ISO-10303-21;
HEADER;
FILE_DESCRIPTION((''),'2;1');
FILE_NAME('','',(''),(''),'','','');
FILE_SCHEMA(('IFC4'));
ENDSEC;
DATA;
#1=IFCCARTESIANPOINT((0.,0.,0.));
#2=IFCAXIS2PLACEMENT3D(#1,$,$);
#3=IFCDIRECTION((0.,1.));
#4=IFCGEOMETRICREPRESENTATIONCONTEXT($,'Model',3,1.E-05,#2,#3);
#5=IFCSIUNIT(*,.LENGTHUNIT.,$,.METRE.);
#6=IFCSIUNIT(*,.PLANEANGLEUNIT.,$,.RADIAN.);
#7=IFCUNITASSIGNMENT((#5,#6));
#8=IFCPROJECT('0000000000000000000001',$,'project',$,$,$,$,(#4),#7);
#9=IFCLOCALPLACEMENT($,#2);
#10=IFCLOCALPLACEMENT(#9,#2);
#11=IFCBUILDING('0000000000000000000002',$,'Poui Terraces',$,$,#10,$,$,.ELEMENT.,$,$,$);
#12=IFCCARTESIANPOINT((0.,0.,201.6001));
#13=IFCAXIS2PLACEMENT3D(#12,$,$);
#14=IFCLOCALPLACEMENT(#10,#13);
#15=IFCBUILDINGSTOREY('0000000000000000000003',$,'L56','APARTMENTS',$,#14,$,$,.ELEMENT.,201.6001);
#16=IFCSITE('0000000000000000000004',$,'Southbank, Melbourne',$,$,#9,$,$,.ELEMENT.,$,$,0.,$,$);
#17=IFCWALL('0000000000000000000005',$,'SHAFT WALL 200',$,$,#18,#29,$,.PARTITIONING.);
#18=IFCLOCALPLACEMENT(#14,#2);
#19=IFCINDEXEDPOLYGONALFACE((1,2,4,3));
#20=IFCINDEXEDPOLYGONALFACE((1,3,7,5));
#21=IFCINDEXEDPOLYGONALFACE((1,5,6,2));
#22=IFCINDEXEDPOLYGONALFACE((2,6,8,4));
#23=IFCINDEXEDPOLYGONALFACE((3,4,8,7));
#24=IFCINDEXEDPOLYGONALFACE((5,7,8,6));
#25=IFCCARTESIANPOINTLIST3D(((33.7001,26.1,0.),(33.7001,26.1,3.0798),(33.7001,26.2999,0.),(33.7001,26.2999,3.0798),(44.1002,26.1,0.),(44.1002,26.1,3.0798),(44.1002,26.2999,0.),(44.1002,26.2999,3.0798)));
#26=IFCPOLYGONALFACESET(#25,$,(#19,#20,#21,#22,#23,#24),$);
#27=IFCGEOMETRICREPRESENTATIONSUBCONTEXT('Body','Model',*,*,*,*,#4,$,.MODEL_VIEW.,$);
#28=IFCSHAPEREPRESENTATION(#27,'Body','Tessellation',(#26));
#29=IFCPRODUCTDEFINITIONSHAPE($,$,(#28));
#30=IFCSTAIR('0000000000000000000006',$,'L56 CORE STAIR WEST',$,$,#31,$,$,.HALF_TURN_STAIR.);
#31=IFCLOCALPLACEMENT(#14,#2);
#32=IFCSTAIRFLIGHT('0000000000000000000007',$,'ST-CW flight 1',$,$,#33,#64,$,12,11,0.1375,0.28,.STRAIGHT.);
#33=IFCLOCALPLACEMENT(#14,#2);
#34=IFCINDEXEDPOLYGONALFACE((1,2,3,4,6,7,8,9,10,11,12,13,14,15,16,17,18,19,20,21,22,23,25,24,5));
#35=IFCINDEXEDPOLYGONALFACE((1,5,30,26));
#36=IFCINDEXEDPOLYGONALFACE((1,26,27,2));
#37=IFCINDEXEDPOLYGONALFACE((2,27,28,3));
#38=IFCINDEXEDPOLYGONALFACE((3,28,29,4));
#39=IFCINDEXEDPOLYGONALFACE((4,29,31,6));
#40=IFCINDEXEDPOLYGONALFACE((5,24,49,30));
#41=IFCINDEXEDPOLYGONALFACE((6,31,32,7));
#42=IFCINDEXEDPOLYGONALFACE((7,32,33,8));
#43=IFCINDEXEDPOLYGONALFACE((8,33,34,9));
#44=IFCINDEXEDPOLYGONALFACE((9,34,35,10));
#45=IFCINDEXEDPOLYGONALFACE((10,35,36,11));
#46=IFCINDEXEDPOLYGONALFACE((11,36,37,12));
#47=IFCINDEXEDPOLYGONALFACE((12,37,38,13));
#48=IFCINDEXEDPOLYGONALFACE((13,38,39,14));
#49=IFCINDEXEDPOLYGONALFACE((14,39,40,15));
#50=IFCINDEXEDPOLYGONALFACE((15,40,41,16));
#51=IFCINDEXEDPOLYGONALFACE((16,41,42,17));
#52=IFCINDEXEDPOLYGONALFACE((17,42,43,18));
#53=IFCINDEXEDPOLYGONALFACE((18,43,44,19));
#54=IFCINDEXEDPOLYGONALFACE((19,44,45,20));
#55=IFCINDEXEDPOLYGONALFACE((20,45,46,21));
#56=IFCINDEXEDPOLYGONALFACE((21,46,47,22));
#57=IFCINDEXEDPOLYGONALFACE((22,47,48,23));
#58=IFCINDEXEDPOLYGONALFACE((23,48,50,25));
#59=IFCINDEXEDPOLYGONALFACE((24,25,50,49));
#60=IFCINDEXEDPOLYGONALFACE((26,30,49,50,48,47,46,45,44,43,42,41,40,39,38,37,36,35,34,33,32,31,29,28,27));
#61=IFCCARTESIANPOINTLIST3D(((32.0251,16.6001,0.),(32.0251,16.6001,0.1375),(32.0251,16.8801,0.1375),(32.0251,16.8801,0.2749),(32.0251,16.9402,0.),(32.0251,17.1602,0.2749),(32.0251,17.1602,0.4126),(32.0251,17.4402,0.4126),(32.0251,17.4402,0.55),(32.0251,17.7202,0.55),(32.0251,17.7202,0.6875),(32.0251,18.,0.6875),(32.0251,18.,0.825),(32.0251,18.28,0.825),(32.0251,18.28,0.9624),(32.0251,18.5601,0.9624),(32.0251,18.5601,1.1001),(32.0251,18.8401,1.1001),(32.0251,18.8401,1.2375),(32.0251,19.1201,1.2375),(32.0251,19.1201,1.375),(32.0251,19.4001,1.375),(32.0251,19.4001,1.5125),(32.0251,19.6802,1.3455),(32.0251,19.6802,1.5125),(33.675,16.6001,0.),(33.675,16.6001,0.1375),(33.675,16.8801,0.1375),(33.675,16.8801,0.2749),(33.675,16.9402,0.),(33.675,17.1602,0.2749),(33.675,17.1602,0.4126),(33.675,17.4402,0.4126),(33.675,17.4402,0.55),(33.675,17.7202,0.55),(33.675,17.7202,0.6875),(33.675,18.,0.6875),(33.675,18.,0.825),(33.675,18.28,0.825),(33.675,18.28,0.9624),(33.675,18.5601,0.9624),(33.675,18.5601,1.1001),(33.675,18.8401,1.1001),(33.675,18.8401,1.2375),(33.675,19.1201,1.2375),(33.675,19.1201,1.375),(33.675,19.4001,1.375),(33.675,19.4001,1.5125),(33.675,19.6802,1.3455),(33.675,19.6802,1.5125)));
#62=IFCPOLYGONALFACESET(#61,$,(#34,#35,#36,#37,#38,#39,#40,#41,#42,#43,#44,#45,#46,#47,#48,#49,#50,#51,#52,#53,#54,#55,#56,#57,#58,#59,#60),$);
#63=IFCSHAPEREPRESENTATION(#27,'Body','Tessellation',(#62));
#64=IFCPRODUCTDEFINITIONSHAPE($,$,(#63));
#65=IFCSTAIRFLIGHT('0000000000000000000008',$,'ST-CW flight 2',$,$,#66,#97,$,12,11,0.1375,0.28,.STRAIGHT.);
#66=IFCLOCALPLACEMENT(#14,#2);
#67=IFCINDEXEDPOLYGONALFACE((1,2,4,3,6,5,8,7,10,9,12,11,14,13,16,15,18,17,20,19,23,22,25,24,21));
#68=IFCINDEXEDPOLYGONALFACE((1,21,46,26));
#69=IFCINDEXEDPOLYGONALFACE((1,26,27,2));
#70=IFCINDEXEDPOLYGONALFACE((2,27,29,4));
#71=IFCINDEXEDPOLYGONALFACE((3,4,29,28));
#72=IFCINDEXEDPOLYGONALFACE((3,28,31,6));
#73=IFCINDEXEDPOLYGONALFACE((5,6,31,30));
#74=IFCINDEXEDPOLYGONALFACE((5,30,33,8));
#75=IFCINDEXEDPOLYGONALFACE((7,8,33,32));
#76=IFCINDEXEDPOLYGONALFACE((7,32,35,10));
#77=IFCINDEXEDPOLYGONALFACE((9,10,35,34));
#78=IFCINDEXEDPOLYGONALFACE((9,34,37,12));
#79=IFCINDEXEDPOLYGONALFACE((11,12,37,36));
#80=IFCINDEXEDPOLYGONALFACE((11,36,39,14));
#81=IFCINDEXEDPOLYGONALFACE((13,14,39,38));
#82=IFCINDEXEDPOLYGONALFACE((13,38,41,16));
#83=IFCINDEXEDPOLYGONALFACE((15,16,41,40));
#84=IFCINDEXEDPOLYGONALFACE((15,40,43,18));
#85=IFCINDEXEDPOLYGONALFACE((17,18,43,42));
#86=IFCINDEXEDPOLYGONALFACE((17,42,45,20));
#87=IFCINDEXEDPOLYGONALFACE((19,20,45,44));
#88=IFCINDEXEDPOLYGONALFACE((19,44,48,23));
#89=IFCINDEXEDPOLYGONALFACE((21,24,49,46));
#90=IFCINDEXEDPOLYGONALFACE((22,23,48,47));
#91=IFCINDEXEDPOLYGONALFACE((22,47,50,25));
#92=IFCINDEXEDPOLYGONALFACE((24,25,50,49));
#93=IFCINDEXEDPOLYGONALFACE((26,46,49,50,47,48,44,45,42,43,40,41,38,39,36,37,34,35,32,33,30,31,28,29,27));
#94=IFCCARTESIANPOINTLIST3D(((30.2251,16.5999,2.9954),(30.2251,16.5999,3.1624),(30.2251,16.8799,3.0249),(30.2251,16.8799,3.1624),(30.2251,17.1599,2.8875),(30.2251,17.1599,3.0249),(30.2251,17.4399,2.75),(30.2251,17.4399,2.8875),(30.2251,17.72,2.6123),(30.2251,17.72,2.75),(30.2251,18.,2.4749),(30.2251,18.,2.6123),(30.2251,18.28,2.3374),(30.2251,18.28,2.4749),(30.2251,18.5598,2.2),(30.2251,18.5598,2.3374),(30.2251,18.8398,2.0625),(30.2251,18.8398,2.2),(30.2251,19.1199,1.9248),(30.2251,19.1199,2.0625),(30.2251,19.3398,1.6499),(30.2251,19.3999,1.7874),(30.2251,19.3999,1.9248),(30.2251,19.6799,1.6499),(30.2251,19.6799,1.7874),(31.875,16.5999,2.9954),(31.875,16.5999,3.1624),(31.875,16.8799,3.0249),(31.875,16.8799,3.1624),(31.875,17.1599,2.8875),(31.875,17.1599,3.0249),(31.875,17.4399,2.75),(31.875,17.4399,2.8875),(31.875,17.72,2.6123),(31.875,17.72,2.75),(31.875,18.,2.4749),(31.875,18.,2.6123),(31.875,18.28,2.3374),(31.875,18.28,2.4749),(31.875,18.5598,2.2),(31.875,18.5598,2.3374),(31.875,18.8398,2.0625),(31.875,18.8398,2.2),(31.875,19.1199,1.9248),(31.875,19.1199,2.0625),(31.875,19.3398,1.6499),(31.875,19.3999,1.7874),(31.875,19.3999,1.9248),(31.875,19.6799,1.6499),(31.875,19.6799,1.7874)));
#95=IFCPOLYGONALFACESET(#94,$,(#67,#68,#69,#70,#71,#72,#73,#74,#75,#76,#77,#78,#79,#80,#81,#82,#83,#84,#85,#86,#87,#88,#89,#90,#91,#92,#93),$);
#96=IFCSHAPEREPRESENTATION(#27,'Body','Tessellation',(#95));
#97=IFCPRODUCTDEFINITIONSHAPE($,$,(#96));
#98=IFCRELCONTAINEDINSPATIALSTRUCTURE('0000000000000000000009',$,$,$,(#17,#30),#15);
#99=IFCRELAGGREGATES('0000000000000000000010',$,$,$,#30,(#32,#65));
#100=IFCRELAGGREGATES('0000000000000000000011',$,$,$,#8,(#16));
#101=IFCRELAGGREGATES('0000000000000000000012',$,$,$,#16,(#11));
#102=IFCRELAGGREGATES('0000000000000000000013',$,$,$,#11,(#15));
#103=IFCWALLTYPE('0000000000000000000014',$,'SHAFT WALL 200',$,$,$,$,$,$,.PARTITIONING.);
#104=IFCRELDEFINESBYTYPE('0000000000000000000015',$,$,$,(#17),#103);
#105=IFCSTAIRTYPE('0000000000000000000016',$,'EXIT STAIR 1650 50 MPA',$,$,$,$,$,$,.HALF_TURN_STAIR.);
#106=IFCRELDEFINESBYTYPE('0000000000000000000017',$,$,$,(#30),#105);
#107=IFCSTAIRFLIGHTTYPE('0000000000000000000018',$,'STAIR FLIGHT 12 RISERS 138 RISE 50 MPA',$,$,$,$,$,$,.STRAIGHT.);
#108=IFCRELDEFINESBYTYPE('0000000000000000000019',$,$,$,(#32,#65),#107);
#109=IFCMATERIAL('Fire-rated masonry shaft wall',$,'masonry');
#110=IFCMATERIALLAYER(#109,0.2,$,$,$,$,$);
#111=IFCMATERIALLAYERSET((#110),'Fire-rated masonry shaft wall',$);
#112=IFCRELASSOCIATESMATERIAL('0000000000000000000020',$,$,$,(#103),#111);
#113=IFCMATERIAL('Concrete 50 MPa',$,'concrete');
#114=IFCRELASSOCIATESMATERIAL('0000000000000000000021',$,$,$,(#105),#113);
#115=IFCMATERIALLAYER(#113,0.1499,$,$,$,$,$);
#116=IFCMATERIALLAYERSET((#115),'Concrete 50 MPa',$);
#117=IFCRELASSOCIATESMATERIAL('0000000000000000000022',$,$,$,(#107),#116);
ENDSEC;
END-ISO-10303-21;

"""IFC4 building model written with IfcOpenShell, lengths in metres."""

from ifc_helpers import new_model, si_unit, direction, frame, frame_2d, origin, place, context, subcontext, project, spatial, polyline, rectangle, outline, extrude, material, layer, layer_set, type_object, element, aggregate, save


model = new_model("IFC4")

# Units and contexts
model_context = context("Model", 3, precision=1e-05, world=origin(), true_north=direction((0.0, 1.0)))
body_context = subcontext(model_context, "Body", "Model", "MODEL_VIEW")
ifc_project = project(units=[si_unit("LENGTHUNIT", "METRE"), si_unit("PLANEANGLEUNIT", "RADIAN")], contexts=[model_context])

# Site, building, storey
site_placement = place(None, origin())
site = spatial("IfcSite", under=ifc_project, at=site_placement, Name="Southbank, Melbourne", CompositionType="ELEMENT", RefElevation=0.0)
building_placement = place(site_placement, origin())
building = spatial("IfcBuilding", under=site, at=building_placement, Name="Poui Terraces", CompositionType="ELEMENT")
storey_placement = place(building_placement, frame((0.0, 0.0, 201.6001)))
storey = spatial("IfcBuildingStorey", under=building, at=storey_placement, Name="L56", Description="APARTMENTS", CompositionType="ELEMENT", Elevation=201.6001)

# Wall
ifc_material_1 = material(Name="Fire-rated masonry shaft wall", Category="masonry")
ifc_layer_1 = layer(ifc_material_1, 0.2)
ifc_layer_set_1 = layer_set([ifc_layer_1], Name="Fire-rated masonry shaft wall")
wall_type = type_object("IfcWallType", Name="SHAFT WALL 200", PredefinedType="PARTITIONING", material=ifc_layer_set_1)
wall_placement = place(storey_placement, frame((33.7, 26.2, 0.0), z_axis=(0.0, 0.0, 1.0), x_axis=(1.0, 0.0, 0.0)))
element("IfcWall", 1, at=wall_placement, inside=storey, type_object=wall_type, Name="SHAFT WALL 200", PredefinedType="PARTITIONING", context=body_context, shape_type="SweptSolid", body=[
    extrude(rectangle(XDim=10.4001, YDim=0.2, at=frame_2d((5.2002, 0.0))), origin(), (0.0, 0.0, 1.0), 3.0798),
])

# Stair, stair flights
ifc_material_2 = material(Name="Concrete 50 MPa", Category="concrete")
stair_type = type_object("IfcStairType", Name="EXIT STAIR 1650 50 MPA", PredefinedType="HALF_TURN_STAIR", material=ifc_material_2)
stair_placement = place(storey_placement, origin())
stair = element("IfcStair", 2, at=stair_placement, inside=storey, type_object=stair_type, Name="L56 CORE STAIR WEST", PredefinedType="HALF_TURN_STAIR")
ifc_layer_2 = layer(ifc_material_2, 0.1499)
ifc_layer_set_2 = layer_set([ifc_layer_2], Name="Concrete 50 MPa")
stair_flight_type = type_object("IfcStairFlightType", Name="STAIR FLIGHT 12 RISERS 138 RISE 50 MPA", PredefinedType="STRAIGHT", material=ifc_layer_set_2)
stair_flight_1_placement = place(storey_placement, frame((32.8501, 16.6001, 0.0), z_axis=(0.0, 0.0, 1.0), x_axis=(0.0, 1.0, 0.0)))
stair_flight_1 = element("IfcStairFlight", 3, at=stair_flight_1_placement, type_object=stair_flight_type, Name="ST-CW flight 1", NumberOfRisers=12, NumberOfTreads=11, PredefinedType="STRAIGHT", RiserHeight=0.1375, TreadLength=0.28, context=body_context, shape_type="SweptSolid", body=[
    extrude(outline(polyline([(0.0, 0.0), (0.0, 0.1375), (0.28, 0.1375), (0.28, 0.2749), (0.5601, 0.2749), (0.5601, 0.4126), (0.8401, 0.4126), (0.8401, 0.55), (1.1201, 0.55), (1.1201, 0.6875), (1.3999, 0.6875), (1.3999, 0.825), (1.6799, 0.825), (1.6799, 0.9624), (1.96, 0.9624), (1.96, 1.1001), (2.24, 1.1001), (2.24, 1.2375), (2.52, 1.2375), (2.52, 1.375), (2.8, 1.375), (2.8, 1.5125), (3.0801, 1.5125), (3.0801, 1.6499), (3.0801, 1.3455), (0.3401, 0.0), (0.0, 0.0)])), frame((0.0, 0.825, 0.0), z_axis=(0.0, -1.0, 0.0), x_axis=(1.0, 0.0, 0.0)), (0.0, 0.0, 1.0), 1.6499),
])
stair_flight_2_placement = place(storey_placement, frame((31.05, 19.6799, 1.6499), z_axis=(0.0, 0.0, 1.0), x_axis=(0.0, -1.0, 0.0)))
stair_flight_2 = element("IfcStairFlight", 4, at=stair_flight_2_placement, type_object=stair_flight_type, Name="ST-CW flight 2", NumberOfRisers=12, NumberOfTreads=11, PredefinedType="STRAIGHT", RiserHeight=0.1375, TreadLength=0.28, context=body_context, shape_type="SweptSolid", body=[
    extrude(outline(polyline([(0.0, 0.0), (0.0, 0.1375), (0.28, 0.1375), (0.28, 0.2749), (0.5601, 0.2749), (0.5601, 0.4126), (0.8401, 0.4126), (0.8401, 0.55), (1.1201, 0.55), (1.1201, 0.6875), (1.3999, 0.6875), (1.3999, 0.825), (1.6799, 0.825), (1.6799, 0.9624), (1.96, 0.9624), (1.96, 1.1001), (2.24, 1.1001), (2.24, 1.2375), (2.52, 1.2375), (2.52, 1.375), (2.8, 1.375), (2.8, 1.5125), (3.0801, 1.5125), (3.0801, 1.6499), (3.0801, 1.3455), (0.3401, 0.0), (0.0, 0.0)])), frame((0.0, 0.825, 0.0), z_axis=(0.0, -1.0, 0.0), x_axis=(1.0, 0.0, 0.0)), (0.0, 0.0, 1.0), 1.6499),
])
aggregate(stair, [stair_flight_1, stair_flight_2])

save(model, "model.ifc")
